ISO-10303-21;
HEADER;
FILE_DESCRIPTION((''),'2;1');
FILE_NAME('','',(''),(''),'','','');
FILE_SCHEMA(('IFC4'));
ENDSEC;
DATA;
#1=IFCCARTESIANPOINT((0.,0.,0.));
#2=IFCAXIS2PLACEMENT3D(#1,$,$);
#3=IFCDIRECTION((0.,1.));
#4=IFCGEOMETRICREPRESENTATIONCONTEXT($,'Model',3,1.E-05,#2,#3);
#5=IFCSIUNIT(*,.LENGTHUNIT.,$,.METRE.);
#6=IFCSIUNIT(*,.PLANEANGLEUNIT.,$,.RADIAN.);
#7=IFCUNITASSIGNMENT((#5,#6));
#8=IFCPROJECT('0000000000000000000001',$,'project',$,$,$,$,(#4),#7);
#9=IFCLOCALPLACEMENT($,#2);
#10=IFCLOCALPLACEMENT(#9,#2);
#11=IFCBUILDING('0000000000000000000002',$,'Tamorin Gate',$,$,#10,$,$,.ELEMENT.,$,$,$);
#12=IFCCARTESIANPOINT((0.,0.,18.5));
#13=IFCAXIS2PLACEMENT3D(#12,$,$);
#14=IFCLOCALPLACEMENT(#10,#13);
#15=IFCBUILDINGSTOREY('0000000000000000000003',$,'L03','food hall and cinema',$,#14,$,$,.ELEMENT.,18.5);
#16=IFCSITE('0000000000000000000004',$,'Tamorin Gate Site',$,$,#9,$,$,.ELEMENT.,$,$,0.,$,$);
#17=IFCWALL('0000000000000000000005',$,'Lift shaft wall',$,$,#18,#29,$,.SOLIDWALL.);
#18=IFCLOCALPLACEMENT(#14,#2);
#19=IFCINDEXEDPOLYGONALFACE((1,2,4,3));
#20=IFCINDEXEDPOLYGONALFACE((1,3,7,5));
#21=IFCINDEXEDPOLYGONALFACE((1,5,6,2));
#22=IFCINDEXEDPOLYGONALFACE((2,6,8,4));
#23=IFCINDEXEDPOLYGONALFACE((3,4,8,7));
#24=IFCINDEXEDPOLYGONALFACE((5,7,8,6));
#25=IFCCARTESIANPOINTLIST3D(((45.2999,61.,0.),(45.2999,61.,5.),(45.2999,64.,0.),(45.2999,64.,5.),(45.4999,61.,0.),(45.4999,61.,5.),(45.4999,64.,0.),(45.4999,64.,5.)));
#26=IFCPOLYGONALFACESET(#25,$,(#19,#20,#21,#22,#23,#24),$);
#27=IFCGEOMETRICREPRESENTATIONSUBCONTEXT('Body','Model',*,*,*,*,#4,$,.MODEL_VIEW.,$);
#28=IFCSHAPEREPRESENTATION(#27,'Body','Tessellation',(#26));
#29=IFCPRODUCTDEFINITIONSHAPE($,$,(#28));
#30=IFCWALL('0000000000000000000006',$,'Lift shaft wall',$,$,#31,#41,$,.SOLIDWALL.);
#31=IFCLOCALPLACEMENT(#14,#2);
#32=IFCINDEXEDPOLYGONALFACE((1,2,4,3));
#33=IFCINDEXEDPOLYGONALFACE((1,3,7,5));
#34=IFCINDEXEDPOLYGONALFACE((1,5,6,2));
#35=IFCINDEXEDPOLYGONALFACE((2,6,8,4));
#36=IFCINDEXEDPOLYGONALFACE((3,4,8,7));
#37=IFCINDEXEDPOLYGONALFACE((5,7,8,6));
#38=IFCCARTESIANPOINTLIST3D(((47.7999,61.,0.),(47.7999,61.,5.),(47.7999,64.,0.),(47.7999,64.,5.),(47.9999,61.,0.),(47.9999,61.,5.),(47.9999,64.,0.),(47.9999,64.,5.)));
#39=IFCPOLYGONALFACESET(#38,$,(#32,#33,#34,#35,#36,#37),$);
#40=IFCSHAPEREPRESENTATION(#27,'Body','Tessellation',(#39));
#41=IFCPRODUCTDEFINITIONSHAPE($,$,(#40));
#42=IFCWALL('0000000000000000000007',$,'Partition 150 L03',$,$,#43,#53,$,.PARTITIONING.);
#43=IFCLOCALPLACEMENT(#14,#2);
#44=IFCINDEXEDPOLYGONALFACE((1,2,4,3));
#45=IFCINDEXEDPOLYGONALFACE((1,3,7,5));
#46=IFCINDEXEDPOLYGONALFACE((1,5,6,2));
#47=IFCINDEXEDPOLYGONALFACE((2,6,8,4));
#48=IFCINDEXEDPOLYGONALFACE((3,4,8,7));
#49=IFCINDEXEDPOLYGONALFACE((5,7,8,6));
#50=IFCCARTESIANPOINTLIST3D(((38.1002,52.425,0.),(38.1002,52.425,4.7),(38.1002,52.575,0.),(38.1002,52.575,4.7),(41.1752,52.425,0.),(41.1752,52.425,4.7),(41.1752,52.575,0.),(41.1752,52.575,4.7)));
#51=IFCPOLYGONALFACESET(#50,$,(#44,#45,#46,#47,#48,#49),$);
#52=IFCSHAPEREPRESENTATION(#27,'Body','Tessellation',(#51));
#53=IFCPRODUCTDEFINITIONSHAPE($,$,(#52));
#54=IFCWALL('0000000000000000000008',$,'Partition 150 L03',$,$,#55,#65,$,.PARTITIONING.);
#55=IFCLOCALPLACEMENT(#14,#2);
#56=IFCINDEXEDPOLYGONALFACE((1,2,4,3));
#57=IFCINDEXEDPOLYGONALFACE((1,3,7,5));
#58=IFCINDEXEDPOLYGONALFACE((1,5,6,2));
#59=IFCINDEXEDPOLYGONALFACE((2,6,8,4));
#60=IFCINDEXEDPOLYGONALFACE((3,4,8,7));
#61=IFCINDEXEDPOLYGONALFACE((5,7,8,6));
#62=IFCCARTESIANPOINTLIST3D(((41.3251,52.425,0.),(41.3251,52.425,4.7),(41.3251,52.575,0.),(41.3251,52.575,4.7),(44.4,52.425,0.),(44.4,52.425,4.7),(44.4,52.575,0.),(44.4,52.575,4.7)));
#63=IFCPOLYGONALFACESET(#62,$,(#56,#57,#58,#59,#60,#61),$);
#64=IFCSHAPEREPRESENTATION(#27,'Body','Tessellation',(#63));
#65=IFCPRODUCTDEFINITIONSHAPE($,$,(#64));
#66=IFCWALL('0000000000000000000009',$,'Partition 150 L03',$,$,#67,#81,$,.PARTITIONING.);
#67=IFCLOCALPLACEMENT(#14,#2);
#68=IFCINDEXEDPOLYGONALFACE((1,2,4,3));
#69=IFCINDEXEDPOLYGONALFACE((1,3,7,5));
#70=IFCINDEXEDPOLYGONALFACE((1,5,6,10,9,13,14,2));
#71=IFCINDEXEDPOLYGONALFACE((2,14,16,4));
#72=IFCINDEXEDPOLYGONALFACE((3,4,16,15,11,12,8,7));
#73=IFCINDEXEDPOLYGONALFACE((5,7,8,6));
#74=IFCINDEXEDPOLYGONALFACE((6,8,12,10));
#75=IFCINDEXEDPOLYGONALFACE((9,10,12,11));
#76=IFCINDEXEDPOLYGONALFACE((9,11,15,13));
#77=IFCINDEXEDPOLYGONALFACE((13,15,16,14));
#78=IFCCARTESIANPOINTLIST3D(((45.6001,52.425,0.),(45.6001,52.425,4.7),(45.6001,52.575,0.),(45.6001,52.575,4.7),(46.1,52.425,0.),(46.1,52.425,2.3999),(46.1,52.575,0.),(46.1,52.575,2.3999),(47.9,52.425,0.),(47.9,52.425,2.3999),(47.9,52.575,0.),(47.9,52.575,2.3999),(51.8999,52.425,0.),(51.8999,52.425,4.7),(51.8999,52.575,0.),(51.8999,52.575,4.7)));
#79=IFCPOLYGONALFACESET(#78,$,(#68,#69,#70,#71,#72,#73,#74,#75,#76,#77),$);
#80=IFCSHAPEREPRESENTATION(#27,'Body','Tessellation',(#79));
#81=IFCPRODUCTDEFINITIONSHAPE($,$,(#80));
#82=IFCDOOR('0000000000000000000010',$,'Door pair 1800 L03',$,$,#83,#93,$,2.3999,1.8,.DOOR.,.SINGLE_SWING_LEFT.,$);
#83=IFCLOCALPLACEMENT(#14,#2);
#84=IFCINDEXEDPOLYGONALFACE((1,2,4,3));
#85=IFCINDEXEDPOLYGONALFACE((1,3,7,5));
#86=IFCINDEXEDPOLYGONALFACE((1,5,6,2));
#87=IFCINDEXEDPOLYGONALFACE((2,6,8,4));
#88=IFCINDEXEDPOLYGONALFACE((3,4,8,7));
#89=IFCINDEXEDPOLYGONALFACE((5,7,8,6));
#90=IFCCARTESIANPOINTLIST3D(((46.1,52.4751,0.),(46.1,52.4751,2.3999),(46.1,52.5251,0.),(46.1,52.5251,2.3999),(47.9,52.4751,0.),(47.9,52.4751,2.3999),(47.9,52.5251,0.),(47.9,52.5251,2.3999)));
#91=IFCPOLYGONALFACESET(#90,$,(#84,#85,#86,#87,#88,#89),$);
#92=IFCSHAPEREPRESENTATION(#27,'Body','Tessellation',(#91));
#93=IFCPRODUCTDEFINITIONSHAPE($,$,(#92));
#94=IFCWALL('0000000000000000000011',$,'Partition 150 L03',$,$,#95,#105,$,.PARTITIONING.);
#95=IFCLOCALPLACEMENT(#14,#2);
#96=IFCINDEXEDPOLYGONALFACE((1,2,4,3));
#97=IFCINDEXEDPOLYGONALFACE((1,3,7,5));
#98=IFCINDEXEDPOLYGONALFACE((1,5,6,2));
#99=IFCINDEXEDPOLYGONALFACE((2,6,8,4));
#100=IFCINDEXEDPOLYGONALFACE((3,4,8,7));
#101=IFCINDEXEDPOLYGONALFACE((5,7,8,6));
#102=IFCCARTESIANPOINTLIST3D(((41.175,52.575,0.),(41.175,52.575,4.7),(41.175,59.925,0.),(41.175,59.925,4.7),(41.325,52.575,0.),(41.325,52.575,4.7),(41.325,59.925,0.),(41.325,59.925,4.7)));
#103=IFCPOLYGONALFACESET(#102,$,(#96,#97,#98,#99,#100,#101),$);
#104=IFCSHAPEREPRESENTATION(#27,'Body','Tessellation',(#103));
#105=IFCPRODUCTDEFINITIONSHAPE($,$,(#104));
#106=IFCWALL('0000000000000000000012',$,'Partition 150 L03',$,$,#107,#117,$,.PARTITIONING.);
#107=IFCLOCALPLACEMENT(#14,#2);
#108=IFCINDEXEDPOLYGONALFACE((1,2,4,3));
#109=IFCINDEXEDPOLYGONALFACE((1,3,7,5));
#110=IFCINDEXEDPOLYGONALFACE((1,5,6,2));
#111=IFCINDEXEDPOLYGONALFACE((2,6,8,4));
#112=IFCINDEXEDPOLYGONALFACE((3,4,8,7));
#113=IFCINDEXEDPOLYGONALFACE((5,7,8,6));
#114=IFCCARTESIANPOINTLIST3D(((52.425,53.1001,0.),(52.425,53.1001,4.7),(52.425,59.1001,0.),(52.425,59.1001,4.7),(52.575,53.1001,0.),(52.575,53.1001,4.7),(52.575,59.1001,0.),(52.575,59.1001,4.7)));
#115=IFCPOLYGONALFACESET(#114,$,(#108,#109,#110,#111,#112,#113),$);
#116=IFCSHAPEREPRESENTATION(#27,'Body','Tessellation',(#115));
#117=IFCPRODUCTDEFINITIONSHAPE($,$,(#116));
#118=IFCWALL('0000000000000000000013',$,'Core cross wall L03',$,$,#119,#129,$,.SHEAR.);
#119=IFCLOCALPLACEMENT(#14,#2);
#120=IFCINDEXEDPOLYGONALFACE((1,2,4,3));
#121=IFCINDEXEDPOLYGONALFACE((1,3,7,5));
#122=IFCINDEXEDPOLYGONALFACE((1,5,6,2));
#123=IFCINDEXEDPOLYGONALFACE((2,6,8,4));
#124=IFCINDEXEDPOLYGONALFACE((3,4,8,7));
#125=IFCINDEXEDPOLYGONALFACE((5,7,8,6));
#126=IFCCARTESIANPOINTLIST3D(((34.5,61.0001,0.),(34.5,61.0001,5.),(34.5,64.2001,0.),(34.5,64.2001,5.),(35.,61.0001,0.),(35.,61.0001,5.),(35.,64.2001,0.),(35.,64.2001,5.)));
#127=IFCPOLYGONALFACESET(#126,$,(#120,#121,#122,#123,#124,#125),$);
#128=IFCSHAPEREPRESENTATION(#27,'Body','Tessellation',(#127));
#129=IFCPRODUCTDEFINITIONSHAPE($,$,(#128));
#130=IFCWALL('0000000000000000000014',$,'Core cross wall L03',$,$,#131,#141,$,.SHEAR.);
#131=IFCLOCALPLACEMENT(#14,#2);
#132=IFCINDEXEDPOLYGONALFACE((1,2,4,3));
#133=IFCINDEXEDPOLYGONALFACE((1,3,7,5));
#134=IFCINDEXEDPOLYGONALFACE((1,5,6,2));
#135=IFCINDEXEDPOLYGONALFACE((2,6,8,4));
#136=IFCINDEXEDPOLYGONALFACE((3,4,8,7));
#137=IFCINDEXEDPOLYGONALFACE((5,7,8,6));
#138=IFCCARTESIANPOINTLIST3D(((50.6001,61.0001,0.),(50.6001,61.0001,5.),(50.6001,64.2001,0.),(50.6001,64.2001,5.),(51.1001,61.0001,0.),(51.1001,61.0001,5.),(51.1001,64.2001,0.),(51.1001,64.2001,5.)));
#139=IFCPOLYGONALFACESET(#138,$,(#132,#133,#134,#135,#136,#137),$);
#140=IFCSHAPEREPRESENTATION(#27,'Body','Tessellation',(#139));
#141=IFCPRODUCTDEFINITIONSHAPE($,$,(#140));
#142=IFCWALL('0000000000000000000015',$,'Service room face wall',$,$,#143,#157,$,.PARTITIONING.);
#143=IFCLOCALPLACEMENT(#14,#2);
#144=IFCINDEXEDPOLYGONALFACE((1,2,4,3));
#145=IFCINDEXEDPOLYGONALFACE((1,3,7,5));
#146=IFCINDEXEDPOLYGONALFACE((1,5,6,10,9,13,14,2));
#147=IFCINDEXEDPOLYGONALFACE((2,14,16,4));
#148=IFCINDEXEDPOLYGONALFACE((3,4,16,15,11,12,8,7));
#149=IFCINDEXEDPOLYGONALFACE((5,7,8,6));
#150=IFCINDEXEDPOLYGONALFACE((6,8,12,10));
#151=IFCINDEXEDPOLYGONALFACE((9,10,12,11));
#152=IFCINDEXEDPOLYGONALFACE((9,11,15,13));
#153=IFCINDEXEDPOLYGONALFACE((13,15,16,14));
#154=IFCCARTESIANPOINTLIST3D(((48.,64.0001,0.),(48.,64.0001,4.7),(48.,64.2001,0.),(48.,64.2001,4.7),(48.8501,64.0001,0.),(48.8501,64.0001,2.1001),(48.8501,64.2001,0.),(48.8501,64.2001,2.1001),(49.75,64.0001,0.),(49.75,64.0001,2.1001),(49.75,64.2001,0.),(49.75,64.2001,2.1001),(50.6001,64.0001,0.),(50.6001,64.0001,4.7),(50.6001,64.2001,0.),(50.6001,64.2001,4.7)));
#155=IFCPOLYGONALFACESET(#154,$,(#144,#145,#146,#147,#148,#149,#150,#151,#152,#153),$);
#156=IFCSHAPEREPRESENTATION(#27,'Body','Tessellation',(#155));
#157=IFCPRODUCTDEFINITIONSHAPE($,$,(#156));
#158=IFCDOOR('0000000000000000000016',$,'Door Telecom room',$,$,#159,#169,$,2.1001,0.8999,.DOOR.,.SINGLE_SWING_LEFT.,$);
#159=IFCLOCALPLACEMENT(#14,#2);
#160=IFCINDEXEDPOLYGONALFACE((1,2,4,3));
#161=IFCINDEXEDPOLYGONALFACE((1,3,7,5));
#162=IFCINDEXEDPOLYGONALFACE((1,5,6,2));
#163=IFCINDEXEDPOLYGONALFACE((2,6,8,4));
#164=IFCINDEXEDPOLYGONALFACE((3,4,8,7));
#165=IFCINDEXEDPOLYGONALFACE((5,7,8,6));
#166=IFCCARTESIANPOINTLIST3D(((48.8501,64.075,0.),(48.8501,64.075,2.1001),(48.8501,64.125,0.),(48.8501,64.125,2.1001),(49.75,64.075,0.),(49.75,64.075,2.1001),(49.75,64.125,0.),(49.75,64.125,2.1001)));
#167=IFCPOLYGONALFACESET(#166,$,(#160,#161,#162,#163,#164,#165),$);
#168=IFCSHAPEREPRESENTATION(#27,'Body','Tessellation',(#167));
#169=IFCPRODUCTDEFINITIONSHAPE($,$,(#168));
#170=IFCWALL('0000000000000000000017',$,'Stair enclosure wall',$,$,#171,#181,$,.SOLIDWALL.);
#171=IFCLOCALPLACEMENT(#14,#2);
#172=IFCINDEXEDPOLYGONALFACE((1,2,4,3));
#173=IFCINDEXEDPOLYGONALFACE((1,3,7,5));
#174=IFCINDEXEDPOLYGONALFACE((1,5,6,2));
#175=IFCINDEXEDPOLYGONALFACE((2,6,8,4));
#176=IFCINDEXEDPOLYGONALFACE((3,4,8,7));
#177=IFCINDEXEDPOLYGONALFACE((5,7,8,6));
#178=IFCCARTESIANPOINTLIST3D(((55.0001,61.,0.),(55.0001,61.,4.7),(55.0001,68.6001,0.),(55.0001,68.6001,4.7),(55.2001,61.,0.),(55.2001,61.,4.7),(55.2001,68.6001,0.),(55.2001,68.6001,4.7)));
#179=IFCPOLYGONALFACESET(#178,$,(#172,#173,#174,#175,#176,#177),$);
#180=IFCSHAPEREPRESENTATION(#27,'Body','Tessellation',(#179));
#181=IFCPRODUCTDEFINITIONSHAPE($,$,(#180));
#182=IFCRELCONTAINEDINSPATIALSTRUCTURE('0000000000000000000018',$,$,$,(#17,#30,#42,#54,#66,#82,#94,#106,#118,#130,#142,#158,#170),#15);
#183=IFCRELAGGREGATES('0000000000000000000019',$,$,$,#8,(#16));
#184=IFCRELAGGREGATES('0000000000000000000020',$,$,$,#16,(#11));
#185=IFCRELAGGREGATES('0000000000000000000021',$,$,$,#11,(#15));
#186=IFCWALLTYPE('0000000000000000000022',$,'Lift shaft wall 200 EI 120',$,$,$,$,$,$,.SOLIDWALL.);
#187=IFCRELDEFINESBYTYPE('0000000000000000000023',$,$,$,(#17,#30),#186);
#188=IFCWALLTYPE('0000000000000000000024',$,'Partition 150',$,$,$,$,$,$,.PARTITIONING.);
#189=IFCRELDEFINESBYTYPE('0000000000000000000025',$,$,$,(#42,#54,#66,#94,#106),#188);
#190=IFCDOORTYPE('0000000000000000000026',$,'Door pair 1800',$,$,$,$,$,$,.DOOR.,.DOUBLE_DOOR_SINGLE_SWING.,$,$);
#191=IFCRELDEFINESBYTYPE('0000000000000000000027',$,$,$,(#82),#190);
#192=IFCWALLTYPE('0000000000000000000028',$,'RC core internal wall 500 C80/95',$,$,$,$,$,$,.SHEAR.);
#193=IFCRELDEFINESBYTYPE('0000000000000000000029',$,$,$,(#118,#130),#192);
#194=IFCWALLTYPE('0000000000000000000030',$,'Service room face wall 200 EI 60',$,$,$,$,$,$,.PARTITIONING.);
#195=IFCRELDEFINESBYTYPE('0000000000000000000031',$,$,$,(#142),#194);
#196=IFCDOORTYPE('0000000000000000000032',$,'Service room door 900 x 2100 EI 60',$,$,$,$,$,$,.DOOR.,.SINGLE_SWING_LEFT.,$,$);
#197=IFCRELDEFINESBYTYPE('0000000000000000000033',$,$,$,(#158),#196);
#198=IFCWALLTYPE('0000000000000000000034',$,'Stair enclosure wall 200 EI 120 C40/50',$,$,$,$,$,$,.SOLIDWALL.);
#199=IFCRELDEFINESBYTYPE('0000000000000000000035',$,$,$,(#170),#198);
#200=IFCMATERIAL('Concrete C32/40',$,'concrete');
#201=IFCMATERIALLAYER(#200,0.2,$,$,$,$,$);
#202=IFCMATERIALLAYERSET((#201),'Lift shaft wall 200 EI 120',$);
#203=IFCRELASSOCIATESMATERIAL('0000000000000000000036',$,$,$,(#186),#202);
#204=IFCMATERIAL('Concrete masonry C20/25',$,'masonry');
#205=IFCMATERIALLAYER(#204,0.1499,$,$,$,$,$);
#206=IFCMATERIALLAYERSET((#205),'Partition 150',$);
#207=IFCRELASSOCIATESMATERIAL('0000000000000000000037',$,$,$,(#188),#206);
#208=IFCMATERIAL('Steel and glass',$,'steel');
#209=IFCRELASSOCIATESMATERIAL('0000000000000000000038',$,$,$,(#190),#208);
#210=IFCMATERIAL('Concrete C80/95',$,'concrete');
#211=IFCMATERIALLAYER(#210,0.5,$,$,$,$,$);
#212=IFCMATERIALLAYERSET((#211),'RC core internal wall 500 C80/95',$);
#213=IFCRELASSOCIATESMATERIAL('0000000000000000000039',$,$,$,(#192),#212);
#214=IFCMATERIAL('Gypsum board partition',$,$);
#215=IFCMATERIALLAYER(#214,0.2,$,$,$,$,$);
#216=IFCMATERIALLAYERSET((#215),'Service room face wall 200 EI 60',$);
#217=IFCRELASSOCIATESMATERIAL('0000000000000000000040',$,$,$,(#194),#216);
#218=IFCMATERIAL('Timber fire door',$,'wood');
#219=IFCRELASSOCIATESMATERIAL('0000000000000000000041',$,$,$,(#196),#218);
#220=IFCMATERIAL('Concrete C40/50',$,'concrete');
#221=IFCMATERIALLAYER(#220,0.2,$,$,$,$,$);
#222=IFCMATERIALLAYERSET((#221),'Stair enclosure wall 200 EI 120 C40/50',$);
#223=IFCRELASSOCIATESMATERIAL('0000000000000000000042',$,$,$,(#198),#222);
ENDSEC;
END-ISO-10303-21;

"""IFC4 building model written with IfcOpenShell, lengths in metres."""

from ifc_helpers import new_model, si_unit, direction, frame, frame_2d, origin, place, context, subcontext, project, spatial, rectangle, extrude, material, layer, layer_set, type_object, element, fill, save


model = new_model("IFC4")

# Units and contexts
model_context = context("Model", 3, precision=1e-05, world=origin(), true_north=direction((0.0, 1.0)))
body_context = subcontext(model_context, "Body", "Model", "MODEL_VIEW")
ifc_project = project(units=[si_unit("LENGTHUNIT", "METRE"), si_unit("PLANEANGLEUNIT", "RADIAN")], contexts=[model_context])

# Site, building, storey
site_placement = place(None, origin())
site = spatial("IfcSite", under=ifc_project, at=site_placement, Name="Tamorin Gate Site", CompositionType="ELEMENT", RefElevation=0.0)
building_placement = place(site_placement, origin())
building = spatial("IfcBuilding", under=site, at=building_placement, Name="Tamorin Gate", CompositionType="ELEMENT")
storey_placement = place(building_placement, frame((0.0, 0.0, 18.5)))
storey = spatial("IfcBuildingStorey", under=building, at=storey_placement, Name="L03", Description="food hall and cinema", CompositionType="ELEMENT", Elevation=18.5)

# Shared definitions
ifc_material_1 = material(Name="Concrete C80/95", Category="concrete")

# Shared definitions
ifc_material_2 = material(Name="Concrete C32/40", Category="concrete")

# Walls
ifc_layer_1 = layer(ifc_material_2, 0.2)
ifc_layer_set_1 = layer_set([ifc_layer_1], Name="Lift shaft wall 200 EI 120")
wall_type_1 = type_object("IfcWallType", Name="Lift shaft wall 200 EI 120", PredefinedType="SOLIDWALL", material=ifc_layer_set_1)
for number, where, z_axis, x_axis, name in (
    (1, (45.3999, 61.0, 0.0), (0.0, 0.0, 1.0), (0.0, 1.0, 0.0), "Lift shaft wall"),
    (2, (47.8999, 61.0, 0.0), (0.0, 0.0, 1.0), (0.0, 1.0, 0.0), "Lift shaft wall"),
):
    element("IfcWall", number, at=place(storey_placement, frame(where, z_axis=z_axis, x_axis=x_axis)), inside=storey, type_object=wall_type_1, Name=name, PredefinedType="SOLIDWALL", context=body_context, shape_type="SweptSolid", body=[
        extrude(rectangle(XDim=3.0, YDim=0.2, at=frame_2d((1.5, 0.0))), origin(), (0.0, 0.0, 1.0), 5.0),
    ])

# Shared definitions
ifc_material_3 = material(Name="Concrete masonry C20/25", Category="masonry")
ifc_layer_2 = layer(ifc_material_3, 0.1499)
ifc_layer_set_2 = layer_set([ifc_layer_2], Name="Partition 150")
wall_type_2 = type_object("IfcWallType", Name="Partition 150", PredefinedType="PARTITIONING", material=ifc_layer_set_2)
ifc_material_4 = material(Name="Steel and glass", Category="steel")
door_type_1 = type_object("IfcDoorType", Name="Door pair 1800", OperationType="DOUBLE_DOOR_SINGLE_SWING", PredefinedType="DOOR", material=ifc_material_4)

# Walls
for number, where, z_axis, x_axis, name in (
    (3, (38.1001, 52.5, 0.0), (0.0, 0.0, 1.0), (1.0, 0.0, 0.0), "Partition 150 L03"),
    (4, (41.325, 52.5, 0.0), (0.0, 0.0, 1.0), (1.0, 0.0, 0.0), "Partition 150 L03"),
):
    element("IfcWall", number, at=place(storey_placement, frame(where, z_axis=z_axis, x_axis=x_axis)), inside=storey, type_object=wall_type_2, Name=name, PredefinedType="PARTITIONING", context=body_context, shape_type="SweptSolid", body=[
        extrude(rectangle(XDim=3.075, YDim=0.1499, at=frame_2d((1.5376, 0.0))), origin(), (0.0, 0.0, 1.0), 4.7),
    ])

# Wall, opening, door
wall_1_placement = place(storey_placement, frame((51.8999, 52.5, 0.0), z_axis=(0.0, 0.0, 1.0), x_axis=(-1.0, 0.0, 0.0)))
wall_1 = element("IfcWall", 5, at=wall_1_placement, inside=storey, type_object=wall_type_2, Name="Partition 150 L03", PredefinedType="PARTITIONING", context=body_context, shape_type="SweptSolid", body=[
    extrude(rectangle(XDim=6.2998, YDim=0.1499, at=frame_2d((3.1499, 0.0))), origin(), (0.0, 0.0, 1.0), 4.7),
])
opening_1_placement = place(wall_1_placement, frame((4.0, 0.0, 0.0)))
opening_1 = element("IfcOpeningElement", 6, at=opening_1_placement, cuts=wall_1, PredefinedType="OPENING", context=body_context, shape_type="SweptSolid", body=[
    extrude(rectangle(XDim=1.8, YDim=2.3999, at=frame_2d((0.8999, 1.2))), frame((0.0, 0.085, 0.0), z_axis=(0.0, -1.0, 0.0), x_axis=(1.0, 0.0, 0.0)), (0.0, 0.0, 1.0), 0.1699),
])
door_1_placement = place(opening_1_placement, origin())
door_1 = element("IfcDoor", 7, at=door_1_placement, inside=storey, type_object=door_type_1, Name="Door pair 1800 L03", OperationType="SINGLE_SWING_LEFT", OverallHeight=2.3999, OverallWidth=1.8, PredefinedType="DOOR", context=body_context, shape_type="SweptSolid", body=[
    extrude(rectangle(XDim=1.8, YDim=2.3999, at=frame_2d((0.8999, 1.2))), frame((0.0, 0.0249, 0.0), z_axis=(0.0, -1.0, 0.0), x_axis=(1.0, 0.0, 0.0)), (0.0, 0.0, 1.0), 0.05),
])
fill(opening_1, door_1)

# Walls
wall_2_placement = place(storey_placement, frame((41.25, 52.575, 0.0), z_axis=(0.0, 0.0, 1.0), x_axis=(0.0, 1.0, 0.0)))
element("IfcWall", 8, at=wall_2_placement, inside=storey, type_object=wall_type_2, Name="Partition 150 L03", PredefinedType="PARTITIONING", context=body_context, shape_type="SweptSolid", body=[
    extrude(rectangle(XDim=7.3501, YDim=0.1499, at=frame_2d((3.675, 0.0))), origin(), (0.0, 0.0, 1.0), 4.7),
])
wall_3_placement = place(storey_placement, frame((52.5, 53.1001, 0.0), z_axis=(0.0, 0.0, 1.0), x_axis=(0.0, 1.0, 0.0)))
element("IfcWall", 9, at=wall_3_placement, inside=storey, type_object=wall_type_2, Name="Partition 150 L03", PredefinedType="PARTITIONING", context=body_context, shape_type="SweptSolid", body=[
    extrude(rectangle(XDim=6.0, YDim=0.1499, at=frame_2d((3.0, 0.0))), origin(), (0.0, 0.0, 1.0), 4.7),
])
ifc_layer_3 = layer(ifc_material_1, 0.5)
ifc_layer_set_3 = layer_set([ifc_layer_3], Name="RC core internal wall 500 C80/95")
wall_type_3 = type_object("IfcWallType", Name="RC core internal wall 500 C80/95", PredefinedType="SHEAR", material=ifc_layer_set_3)
for number, where, z_axis, x_axis, name in (
    (10, (34.75, 61.0, 0.0), (0.0, 0.0, 1.0), (0.0, 1.0, 0.0), "Core cross wall L03"),
    (11, (50.8501, 61.0, 0.0), (0.0, 0.0, 1.0), (0.0, 1.0, 0.0), "Core cross wall L03"),
):
    element("IfcWall", number, at=place(storey_placement, frame(where, z_axis=z_axis, x_axis=x_axis)), inside=storey, type_object=wall_type_3, Name=name, PredefinedType="SHEAR", context=body_context, shape_type="SweptSolid", body=[
        extrude(rectangle(XDim=3.2, YDim=0.5, at=frame_2d((1.6001, 0.0))), origin(), (0.0, 0.0, 1.0), 5.0),
    ])

# Wall, opening, door
ifc_material_5 = material(Name="Gypsum board partition")
ifc_layer_4 = layer(ifc_material_5, 0.2)
ifc_layer_set_4 = layer_set([ifc_layer_4], Name="Service room face wall 200 EI 60")
wall_type_4 = type_object("IfcWallType", Name="Service room face wall 200 EI 60", PredefinedType="PARTITIONING", material=ifc_layer_set_4)
wall_4_placement = place(storey_placement, frame((48.0, 64.1001, 0.0), z_axis=(0.0, 0.0, 1.0), x_axis=(1.0, 0.0, 0.0)))
wall_4 = element("IfcWall", 12, at=wall_4_placement, inside=storey, type_object=wall_type_4, Name="Service room face wall", PredefinedType="PARTITIONING", context=body_context, shape_type="SweptSolid", body=[
    extrude(rectangle(XDim=2.6001, YDim=0.2, at=frame_2d((1.3, 0.0))), origin(), (0.0, 0.0, 1.0), 4.7),
])
opening_2_placement = place(wall_4_placement, frame((0.8501, 0.0, 0.0)))
opening_2 = element("IfcOpeningElement", 13, at=opening_2_placement, cuts=wall_4, PredefinedType="OPENING", context=body_context, shape_type="SweptSolid", body=[
    extrude(rectangle(XDim=0.8999, YDim=2.1001, at=frame_2d((0.45, 1.05))), frame((0.0, 0.1099, 0.0), z_axis=(0.0, -1.0, 0.0), x_axis=(1.0, 0.0, 0.0)), (0.0, 0.0, 1.0), 0.22),
])
ifc_material_6 = material(Name="Timber fire door", Category="wood")
door_type_2 = type_object("IfcDoorType", Name="Service room door 900 x 2100 EI 60", OperationType="SINGLE_SWING_LEFT", PredefinedType="DOOR", material=ifc_material_6)
door_2_placement = place(opening_2_placement, origin())
door_2 = element("IfcDoor", 14, at=door_2_placement, inside=storey, type_object=door_type_2, Name="Door Telecom room", OperationType="SINGLE_SWING_LEFT", OverallHeight=2.1001, OverallWidth=0.8999, PredefinedType="DOOR", context=body_context, shape_type="SweptSolid", body=[
    extrude(rectangle(XDim=0.8999, YDim=2.1001, at=frame_2d((0.45, 1.05))), frame((0.0, 0.0249, 0.0), z_axis=(0.0, -1.0, 0.0), x_axis=(1.0, 0.0, 0.0)), (0.0, 0.0, 1.0), 0.05),
])
fill(opening_2, door_2)

# Wall
ifc_material_7 = material(Name="Concrete C40/50", Category="concrete")
ifc_layer_5 = layer(ifc_material_7, 0.2)
ifc_layer_set_5 = layer_set([ifc_layer_5], Name="Stair enclosure wall 200 EI 120 C40/50")
wall_type_5 = type_object("IfcWallType", Name="Stair enclosure wall 200 EI 120 C40/50", PredefinedType="SOLIDWALL", material=ifc_layer_set_5)
wall_5_placement = place(storey_placement, frame((55.1001, 61.0, 0.0), z_axis=(0.0, 0.0, 1.0), x_axis=(0.0, 1.0, 0.0)))
element("IfcWall", 15, at=wall_5_placement, inside=storey, type_object=wall_type_5, Name="Stair enclosure wall", PredefinedType="SOLIDWALL", context=body_context, shape_type="SweptSolid", body=[
    extrude(rectangle(XDim=7.6001, YDim=0.2, at=frame_2d((3.8, 0.0))), origin(), (0.0, 0.0, 1.0), 4.7),
])

save(model, "model.ifc")
